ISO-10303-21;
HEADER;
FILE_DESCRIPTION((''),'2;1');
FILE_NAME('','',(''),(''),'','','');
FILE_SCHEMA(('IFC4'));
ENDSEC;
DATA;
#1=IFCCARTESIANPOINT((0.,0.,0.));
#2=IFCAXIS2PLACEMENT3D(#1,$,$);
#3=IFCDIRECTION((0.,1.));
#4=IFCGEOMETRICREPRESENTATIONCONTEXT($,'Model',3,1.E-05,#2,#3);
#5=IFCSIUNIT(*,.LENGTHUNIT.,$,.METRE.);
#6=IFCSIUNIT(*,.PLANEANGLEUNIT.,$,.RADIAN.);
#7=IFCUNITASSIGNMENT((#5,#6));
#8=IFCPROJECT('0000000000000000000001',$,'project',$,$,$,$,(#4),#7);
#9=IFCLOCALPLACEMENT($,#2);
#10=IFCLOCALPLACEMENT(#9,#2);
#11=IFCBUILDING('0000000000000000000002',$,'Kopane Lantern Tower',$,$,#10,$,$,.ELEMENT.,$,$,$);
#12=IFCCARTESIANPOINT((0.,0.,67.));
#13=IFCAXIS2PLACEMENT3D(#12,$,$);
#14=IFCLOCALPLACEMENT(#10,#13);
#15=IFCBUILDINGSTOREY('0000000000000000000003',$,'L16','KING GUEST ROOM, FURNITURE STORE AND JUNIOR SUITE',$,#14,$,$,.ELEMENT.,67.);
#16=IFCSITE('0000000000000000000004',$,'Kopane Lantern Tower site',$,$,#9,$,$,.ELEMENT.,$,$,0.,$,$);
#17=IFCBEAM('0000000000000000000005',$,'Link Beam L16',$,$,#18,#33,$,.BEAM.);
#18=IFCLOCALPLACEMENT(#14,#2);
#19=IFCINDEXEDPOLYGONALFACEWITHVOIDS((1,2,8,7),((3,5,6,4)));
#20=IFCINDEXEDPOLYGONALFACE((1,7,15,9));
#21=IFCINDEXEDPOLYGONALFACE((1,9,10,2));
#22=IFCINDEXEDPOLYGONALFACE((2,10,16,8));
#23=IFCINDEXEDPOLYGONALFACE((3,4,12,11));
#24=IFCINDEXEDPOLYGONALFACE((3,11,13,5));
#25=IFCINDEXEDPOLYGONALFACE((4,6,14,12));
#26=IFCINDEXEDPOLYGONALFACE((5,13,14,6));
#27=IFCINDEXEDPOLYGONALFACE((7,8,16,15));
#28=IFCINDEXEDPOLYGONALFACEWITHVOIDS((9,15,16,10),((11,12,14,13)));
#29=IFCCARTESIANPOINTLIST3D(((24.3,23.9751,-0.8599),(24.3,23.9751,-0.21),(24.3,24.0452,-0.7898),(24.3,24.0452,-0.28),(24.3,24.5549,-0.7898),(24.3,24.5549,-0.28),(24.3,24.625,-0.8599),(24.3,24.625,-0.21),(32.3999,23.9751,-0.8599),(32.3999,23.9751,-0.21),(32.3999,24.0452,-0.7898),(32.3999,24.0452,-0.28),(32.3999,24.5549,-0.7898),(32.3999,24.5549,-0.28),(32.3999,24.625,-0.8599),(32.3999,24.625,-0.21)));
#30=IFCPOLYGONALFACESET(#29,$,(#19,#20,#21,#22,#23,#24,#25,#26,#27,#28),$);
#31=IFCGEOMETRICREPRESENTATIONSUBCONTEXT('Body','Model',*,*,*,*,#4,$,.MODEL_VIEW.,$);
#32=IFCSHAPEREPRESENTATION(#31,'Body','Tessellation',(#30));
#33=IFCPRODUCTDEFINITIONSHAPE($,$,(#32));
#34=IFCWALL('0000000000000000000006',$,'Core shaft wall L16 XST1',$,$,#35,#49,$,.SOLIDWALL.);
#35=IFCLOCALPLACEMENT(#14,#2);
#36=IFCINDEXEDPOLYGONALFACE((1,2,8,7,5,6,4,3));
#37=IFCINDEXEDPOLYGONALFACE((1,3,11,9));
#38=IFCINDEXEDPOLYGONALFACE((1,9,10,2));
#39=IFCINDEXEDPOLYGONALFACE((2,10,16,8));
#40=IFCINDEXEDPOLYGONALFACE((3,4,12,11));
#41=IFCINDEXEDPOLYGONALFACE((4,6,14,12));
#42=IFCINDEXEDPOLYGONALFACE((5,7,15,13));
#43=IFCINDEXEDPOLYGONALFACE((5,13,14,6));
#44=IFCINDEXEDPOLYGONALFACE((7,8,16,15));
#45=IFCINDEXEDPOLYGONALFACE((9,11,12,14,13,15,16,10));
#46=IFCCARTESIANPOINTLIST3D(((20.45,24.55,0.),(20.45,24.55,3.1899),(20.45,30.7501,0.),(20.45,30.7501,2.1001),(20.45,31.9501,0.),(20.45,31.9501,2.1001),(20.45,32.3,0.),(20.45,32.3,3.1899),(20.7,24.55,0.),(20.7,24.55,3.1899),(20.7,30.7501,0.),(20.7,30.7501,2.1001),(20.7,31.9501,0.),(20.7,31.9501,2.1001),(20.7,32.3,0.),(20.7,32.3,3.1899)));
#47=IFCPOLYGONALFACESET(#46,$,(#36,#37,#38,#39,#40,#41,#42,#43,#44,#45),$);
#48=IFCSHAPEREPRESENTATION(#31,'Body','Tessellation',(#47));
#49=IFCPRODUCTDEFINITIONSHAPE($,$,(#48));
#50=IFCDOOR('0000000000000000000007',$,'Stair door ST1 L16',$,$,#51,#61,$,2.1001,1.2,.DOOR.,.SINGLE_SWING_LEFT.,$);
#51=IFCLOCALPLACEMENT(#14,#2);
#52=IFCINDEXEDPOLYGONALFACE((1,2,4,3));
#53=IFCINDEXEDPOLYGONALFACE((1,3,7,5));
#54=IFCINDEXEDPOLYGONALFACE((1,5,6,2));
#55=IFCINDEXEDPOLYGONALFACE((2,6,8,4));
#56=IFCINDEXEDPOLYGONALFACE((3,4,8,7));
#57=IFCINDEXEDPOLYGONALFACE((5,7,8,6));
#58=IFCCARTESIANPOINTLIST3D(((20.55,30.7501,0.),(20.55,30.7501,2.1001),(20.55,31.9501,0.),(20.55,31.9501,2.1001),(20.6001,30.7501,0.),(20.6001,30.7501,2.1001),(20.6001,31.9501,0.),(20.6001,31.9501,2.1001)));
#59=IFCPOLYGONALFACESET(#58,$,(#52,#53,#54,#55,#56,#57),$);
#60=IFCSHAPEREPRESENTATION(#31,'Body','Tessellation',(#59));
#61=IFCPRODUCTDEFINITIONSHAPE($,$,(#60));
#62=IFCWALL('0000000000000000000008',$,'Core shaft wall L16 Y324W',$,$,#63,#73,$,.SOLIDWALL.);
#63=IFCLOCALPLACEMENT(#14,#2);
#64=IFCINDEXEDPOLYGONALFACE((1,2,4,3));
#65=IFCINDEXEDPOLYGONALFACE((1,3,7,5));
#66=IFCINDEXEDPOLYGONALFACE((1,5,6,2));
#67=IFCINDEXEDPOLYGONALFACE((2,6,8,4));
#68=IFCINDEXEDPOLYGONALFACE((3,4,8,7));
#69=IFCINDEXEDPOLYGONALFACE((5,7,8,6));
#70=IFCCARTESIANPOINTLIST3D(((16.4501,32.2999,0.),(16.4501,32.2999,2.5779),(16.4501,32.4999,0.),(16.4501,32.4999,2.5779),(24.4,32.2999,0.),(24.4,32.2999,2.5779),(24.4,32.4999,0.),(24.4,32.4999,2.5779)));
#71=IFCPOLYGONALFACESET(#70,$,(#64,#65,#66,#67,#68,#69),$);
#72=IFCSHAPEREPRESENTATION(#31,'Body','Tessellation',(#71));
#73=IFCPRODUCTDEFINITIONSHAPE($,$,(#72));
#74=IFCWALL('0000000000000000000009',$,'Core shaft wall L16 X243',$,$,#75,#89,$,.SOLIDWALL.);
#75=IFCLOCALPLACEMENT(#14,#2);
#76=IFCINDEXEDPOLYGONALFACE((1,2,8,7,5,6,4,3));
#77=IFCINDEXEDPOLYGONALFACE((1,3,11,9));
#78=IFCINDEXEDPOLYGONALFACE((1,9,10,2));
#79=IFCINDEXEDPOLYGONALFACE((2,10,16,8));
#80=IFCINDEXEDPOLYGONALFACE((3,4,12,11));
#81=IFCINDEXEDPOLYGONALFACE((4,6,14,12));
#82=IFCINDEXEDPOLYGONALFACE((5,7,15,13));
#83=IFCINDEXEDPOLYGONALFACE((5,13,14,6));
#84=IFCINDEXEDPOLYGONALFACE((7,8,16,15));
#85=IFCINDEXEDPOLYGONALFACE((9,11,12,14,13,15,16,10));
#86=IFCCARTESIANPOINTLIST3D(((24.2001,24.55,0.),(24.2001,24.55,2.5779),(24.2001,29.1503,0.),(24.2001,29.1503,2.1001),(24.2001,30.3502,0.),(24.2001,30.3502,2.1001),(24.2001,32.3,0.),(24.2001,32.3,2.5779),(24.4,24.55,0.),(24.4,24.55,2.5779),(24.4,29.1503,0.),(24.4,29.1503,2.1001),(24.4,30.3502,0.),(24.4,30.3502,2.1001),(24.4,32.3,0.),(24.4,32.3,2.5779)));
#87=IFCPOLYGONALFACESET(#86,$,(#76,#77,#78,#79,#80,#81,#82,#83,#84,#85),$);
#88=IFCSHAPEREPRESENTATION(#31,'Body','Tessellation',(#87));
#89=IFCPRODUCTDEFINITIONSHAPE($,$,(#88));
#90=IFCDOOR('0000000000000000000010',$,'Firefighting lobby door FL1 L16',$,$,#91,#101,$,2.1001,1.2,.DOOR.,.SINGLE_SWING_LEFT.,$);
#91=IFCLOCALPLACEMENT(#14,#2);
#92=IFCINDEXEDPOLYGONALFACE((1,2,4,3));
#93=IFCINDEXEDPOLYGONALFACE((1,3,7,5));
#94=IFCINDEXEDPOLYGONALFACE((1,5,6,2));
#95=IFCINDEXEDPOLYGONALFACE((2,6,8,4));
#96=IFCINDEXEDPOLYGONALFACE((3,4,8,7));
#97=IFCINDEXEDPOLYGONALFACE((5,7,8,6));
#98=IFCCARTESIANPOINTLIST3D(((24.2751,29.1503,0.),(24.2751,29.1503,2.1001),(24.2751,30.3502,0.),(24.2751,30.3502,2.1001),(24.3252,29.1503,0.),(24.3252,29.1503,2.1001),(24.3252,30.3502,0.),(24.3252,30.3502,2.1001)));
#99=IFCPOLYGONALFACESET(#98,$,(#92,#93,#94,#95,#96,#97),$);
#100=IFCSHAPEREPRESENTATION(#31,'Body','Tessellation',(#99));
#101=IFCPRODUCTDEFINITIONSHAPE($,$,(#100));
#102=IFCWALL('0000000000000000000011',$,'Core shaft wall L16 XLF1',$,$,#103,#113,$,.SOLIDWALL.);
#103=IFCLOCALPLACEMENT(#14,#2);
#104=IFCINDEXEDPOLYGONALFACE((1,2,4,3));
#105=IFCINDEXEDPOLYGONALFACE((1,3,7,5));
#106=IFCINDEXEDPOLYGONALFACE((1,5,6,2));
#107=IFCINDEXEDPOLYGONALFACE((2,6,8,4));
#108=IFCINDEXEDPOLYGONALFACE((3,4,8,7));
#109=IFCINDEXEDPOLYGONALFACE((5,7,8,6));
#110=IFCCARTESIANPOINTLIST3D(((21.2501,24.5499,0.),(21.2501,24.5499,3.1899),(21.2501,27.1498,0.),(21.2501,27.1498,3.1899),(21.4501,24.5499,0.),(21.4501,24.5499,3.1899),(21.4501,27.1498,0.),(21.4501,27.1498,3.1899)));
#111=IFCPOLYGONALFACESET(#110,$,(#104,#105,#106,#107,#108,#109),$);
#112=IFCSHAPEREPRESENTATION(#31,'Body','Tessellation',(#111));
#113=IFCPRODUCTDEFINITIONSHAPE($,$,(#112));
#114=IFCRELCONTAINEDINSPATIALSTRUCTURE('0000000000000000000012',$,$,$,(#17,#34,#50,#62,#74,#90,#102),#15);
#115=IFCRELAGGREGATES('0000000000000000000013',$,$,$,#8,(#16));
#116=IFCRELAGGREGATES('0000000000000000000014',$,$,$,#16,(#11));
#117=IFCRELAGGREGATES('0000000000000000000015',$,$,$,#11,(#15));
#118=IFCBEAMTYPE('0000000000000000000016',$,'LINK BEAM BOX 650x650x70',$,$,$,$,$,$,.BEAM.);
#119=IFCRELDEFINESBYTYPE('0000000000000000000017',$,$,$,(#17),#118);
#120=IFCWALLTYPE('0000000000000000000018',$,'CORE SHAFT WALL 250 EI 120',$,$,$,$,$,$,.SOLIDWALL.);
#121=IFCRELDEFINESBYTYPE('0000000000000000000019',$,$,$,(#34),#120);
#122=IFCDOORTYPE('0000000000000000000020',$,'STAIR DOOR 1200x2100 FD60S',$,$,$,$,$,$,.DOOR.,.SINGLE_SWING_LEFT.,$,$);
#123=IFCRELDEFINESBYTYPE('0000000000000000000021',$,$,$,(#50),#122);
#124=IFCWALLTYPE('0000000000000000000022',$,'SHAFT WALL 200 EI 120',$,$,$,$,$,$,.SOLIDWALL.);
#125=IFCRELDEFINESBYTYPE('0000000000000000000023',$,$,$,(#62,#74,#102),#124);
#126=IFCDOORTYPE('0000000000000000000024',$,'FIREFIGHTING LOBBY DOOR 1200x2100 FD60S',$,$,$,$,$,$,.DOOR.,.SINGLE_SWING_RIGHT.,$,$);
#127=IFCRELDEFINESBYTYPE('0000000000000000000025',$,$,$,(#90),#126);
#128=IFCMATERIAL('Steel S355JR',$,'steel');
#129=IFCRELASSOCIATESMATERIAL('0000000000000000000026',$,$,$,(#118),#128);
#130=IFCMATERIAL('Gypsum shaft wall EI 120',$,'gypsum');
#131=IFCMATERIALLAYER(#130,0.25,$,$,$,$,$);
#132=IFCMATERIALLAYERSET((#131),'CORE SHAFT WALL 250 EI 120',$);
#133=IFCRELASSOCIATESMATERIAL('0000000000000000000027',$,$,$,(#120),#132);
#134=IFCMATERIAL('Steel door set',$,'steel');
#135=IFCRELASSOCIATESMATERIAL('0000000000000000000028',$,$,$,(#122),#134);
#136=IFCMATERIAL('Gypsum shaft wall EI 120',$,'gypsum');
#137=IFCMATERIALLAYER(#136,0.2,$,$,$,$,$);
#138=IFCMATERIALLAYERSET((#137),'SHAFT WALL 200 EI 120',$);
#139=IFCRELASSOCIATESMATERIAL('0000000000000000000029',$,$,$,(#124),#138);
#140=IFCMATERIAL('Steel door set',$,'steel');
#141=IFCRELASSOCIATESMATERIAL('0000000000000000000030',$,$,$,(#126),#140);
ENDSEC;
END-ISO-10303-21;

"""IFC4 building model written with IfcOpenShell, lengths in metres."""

from ifc_helpers import new_model, si_unit, direction, frame, frame_2d, origin, origin_2d, place, context, subcontext, project, spatial, rectangle, hollow_rectangle, extrude, material, layer, layer_set, material_profile, profile_set, type_object, element, fill, save


model = new_model("IFC4")

# Units and contexts
model_context = context("Model", 3, precision=1e-05, world=origin(), true_north=direction((0.0, 1.0)))
body_context = subcontext(model_context, "Body", "Model", "MODEL_VIEW")
ifc_project = project(units=[si_unit("LENGTHUNIT", "METRE"), si_unit("PLANEANGLEUNIT", "RADIAN")], contexts=[model_context])

# Site, building, storey
site_placement = place(None, origin())
site = spatial("IfcSite", under=ifc_project, at=site_placement, Name="Kopane Lantern Tower site", CompositionType="ELEMENT", RefElevation=0.0)
building_placement = place(site_placement, origin())
building = spatial("IfcBuilding", under=site, at=building_placement, Name="Kopane Lantern Tower", CompositionType="ELEMENT")
storey_placement = place(building_placement, frame((0.0, 0.0, 67.0)))
storey = spatial("IfcBuildingStorey", under=building, at=storey_placement, Name="L16", Description="KING GUEST ROOM, FURNITURE STORE AND JUNIOR SUITE", CompositionType="ELEMENT", Elevation=67.0)

# Beam
ifc_material_1 = material(Name="Steel S355JR", Category="steel")
ifc_material_profile_1 = material_profile(ifc_material_1, hollow_rectangle(XDim=0.6499, YDim=0.6499, WallThickness=0.0701, at=origin_2d()), Name="BOX 650x650x70")
ifc_profile_set_1 = profile_set([ifc_material_profile_1], Name="Steel S355JR")
beam_type_1 = type_object("IfcBeamType", Name="LINK BEAM BOX 650x650x70", PredefinedType="BEAM", material=ifc_profile_set_1)
beam_1_placement = place(storey_placement, frame((24.3, 24.3, -0.5349), z_axis=(1.0, 0.0, 0.0), x_axis=(0.0, 1.0, 0.0)))
element("IfcBeam", 1, at=beam_1_placement, inside=storey, type_object=beam_type_1, Name="Link Beam L16", PredefinedType="BEAM", context=body_context, shape_type="SweptSolid", body=[
    extrude(hollow_rectangle(XDim=0.6499, YDim=0.6499, WallThickness=0.0701, at=origin_2d()), origin(), (0.0, 0.0, 1.0), 8.0999),
])

# Wall, opening, door
ifc_material_2 = material(Name="Gypsum shaft wall EI 120", Category="gypsum")
ifc_layer_1 = layer(ifc_material_2, 0.25)
ifc_layer_set_1 = layer_set([ifc_layer_1], Name="CORE SHAFT WALL 250 EI 120")
wall_type_1 = type_object("IfcWallType", Name="CORE SHAFT WALL 250 EI 120", PredefinedType="SOLIDWALL", material=ifc_layer_set_1)
wall_1_placement = place(storey_placement, frame((20.575, 24.55, 0.0), z_axis=(0.0, 0.0, 1.0), x_axis=(0.0, 1.0, 0.0)))
wall_1 = element("IfcWall", 2, at=wall_1_placement, inside=storey, type_object=wall_type_1, Name="Core shaft wall L16 XST1", PredefinedType="SOLIDWALL", context=body_context, shape_type="SweptSolid", body=[
    extrude(rectangle(XDim=7.75, YDim=0.25, at=frame_2d((3.875, 0.0))), origin(), (0.0, 0.0, 1.0), 3.1899),
])
opening_1_placement = place(wall_1_placement, frame((6.2, 0.0, 0.0)))
opening_1 = element("IfcOpeningElement", 3, at=opening_1_placement, cuts=wall_1, PredefinedType="OPENING", context=body_context, shape_type="SweptSolid", body=[
    extrude(rectangle(XDim=1.2, YDim=2.1001, at=frame_2d((0.6001, 1.05))), frame((0.0, 0.135, 0.0), z_axis=(0.0, -1.0, 0.0), x_axis=(1.0, 0.0, 0.0)), (0.0, 0.0, 1.0), 0.27),
])
ifc_material_3 = material(Name="Steel door set", Category="steel")
door_type_1 = type_object("IfcDoorType", Name="STAIR DOOR 1200x2100 FD60S", OperationType="SINGLE_SWING_LEFT", PredefinedType="DOOR", material=ifc_material_3)
door_1_placement = place(opening_1_placement, origin())
door_1 = element("IfcDoor", 4, at=door_1_placement, inside=storey, type_object=door_type_1, Name="Stair door ST1 L16", OperationType="SINGLE_SWING_LEFT", OverallHeight=2.1001, OverallWidth=1.2, PredefinedType="DOOR", context=body_context, shape_type="SweptSolid", body=[
    extrude(rectangle(XDim=1.2, YDim=2.1001, at=frame_2d((0.6001, 1.05))), frame((0.0, 0.0249, 0.0), z_axis=(0.0, -1.0, 0.0), x_axis=(1.0, 0.0, 0.0)), (0.0, 0.0, 1.0), 0.05),
])
fill(opening_1, door_1)

# Wall
ifc_material_4 = material(Name="Gypsum shaft wall EI 120", Category="gypsum")
ifc_layer_2 = layer(ifc_material_4, 0.2)
ifc_layer_set_2 = layer_set([ifc_layer_2], Name="SHAFT WALL 200 EI 120")
wall_type_2 = type_object("IfcWallType", Name="SHAFT WALL 200 EI 120", PredefinedType="SOLIDWALL", material=ifc_layer_set_2)
wall_2_placement = place(storey_placement, frame((16.45, 32.3999, 0.0), z_axis=(0.0, 0.0, 1.0), x_axis=(1.0, 0.0, 0.0)))
element("IfcWall", 5, at=wall_2_placement, inside=storey, type_object=wall_type_2, Name="Core shaft wall L16 Y324W", PredefinedType="SOLIDWALL", context=body_context, shape_type="SweptSolid", body=[
    extrude(rectangle(XDim=7.95, YDim=0.2, at=frame_2d((3.9751, 0.0))), origin(), (0.0, 0.0, 1.0), 2.5779),
])

# Wall, opening, door
wall_3_placement = place(storey_placement, frame((24.3, 24.55, 0.0), z_axis=(0.0, 0.0, 1.0), x_axis=(0.0, 1.0, 0.0)))
wall_3 = element("IfcWall", 6, at=wall_3_placement, inside=storey, type_object=wall_type_2, Name="Core shaft wall L16 X243", PredefinedType="SOLIDWALL", context=body_context, shape_type="SweptSolid", body=[
    extrude(rectangle(XDim=7.75, YDim=0.2, at=frame_2d((3.875, 0.0))), origin(), (0.0, 0.0, 1.0), 2.5779),
])
opening_2_placement = place(wall_3_placement, frame((4.6001, 0.0, 0.0)))
opening_2 = element("IfcOpeningElement", 7, at=opening_2_placement, cuts=wall_3, PredefinedType="OPENING", context=body_context, shape_type="SweptSolid", body=[
    extrude(rectangle(XDim=1.2, YDim=2.1001, at=frame_2d((0.6001, 1.05))), frame((0.0, 0.1099, 0.0), z_axis=(0.0, -1.0, 0.0), x_axis=(1.0, 0.0, 0.0)), (0.0, 0.0, 1.0), 0.22),
])
ifc_material_5 = material(Name="Steel door set", Category="steel")
door_type_2 = type_object("IfcDoorType", Name="FIREFIGHTING LOBBY DOOR 1200x2100 FD60S", OperationType="SINGLE_SWING_RIGHT", PredefinedType="DOOR", material=ifc_material_5)
door_2_placement = place(opening_2_placement, origin())
door_2 = element("IfcDoor", 8, at=door_2_placement, inside=storey, type_object=door_type_2, Name="Firefighting lobby door FL1 L16", OperationType="SINGLE_SWING_LEFT", OverallHeight=2.1001, OverallWidth=1.2, PredefinedType="DOOR", context=body_context, shape_type="SweptSolid", body=[
    extrude(rectangle(XDim=1.2, YDim=2.1001, at=frame_2d((0.6001, 1.05))), frame((0.0, 0.0249, 0.0), z_axis=(0.0, -1.0, 0.0), x_axis=(1.0, 0.0, 0.0)), (0.0, 0.0, 1.0), 0.05),
])
fill(opening_2, door_2)

# Wall
wall_4_placement = place(storey_placement, frame((21.3501, 24.55, 0.0), z_axis=(0.0, 0.0, 1.0), x_axis=(0.0, 1.0, 0.0)))
element("IfcWall", 9, at=wall_4_placement, inside=storey, type_object=wall_type_2, Name="Core shaft wall L16 XLF1", PredefinedType="SOLIDWALL", context=body_context, shape_type="SweptSolid", body=[
    extrude(rectangle(XDim=2.5999, YDim=0.2, at=frame_2d((1.2998, 0.0))), origin(), (0.0, 0.0, 1.0), 3.1899),
])

save(model, "model.ifc")
